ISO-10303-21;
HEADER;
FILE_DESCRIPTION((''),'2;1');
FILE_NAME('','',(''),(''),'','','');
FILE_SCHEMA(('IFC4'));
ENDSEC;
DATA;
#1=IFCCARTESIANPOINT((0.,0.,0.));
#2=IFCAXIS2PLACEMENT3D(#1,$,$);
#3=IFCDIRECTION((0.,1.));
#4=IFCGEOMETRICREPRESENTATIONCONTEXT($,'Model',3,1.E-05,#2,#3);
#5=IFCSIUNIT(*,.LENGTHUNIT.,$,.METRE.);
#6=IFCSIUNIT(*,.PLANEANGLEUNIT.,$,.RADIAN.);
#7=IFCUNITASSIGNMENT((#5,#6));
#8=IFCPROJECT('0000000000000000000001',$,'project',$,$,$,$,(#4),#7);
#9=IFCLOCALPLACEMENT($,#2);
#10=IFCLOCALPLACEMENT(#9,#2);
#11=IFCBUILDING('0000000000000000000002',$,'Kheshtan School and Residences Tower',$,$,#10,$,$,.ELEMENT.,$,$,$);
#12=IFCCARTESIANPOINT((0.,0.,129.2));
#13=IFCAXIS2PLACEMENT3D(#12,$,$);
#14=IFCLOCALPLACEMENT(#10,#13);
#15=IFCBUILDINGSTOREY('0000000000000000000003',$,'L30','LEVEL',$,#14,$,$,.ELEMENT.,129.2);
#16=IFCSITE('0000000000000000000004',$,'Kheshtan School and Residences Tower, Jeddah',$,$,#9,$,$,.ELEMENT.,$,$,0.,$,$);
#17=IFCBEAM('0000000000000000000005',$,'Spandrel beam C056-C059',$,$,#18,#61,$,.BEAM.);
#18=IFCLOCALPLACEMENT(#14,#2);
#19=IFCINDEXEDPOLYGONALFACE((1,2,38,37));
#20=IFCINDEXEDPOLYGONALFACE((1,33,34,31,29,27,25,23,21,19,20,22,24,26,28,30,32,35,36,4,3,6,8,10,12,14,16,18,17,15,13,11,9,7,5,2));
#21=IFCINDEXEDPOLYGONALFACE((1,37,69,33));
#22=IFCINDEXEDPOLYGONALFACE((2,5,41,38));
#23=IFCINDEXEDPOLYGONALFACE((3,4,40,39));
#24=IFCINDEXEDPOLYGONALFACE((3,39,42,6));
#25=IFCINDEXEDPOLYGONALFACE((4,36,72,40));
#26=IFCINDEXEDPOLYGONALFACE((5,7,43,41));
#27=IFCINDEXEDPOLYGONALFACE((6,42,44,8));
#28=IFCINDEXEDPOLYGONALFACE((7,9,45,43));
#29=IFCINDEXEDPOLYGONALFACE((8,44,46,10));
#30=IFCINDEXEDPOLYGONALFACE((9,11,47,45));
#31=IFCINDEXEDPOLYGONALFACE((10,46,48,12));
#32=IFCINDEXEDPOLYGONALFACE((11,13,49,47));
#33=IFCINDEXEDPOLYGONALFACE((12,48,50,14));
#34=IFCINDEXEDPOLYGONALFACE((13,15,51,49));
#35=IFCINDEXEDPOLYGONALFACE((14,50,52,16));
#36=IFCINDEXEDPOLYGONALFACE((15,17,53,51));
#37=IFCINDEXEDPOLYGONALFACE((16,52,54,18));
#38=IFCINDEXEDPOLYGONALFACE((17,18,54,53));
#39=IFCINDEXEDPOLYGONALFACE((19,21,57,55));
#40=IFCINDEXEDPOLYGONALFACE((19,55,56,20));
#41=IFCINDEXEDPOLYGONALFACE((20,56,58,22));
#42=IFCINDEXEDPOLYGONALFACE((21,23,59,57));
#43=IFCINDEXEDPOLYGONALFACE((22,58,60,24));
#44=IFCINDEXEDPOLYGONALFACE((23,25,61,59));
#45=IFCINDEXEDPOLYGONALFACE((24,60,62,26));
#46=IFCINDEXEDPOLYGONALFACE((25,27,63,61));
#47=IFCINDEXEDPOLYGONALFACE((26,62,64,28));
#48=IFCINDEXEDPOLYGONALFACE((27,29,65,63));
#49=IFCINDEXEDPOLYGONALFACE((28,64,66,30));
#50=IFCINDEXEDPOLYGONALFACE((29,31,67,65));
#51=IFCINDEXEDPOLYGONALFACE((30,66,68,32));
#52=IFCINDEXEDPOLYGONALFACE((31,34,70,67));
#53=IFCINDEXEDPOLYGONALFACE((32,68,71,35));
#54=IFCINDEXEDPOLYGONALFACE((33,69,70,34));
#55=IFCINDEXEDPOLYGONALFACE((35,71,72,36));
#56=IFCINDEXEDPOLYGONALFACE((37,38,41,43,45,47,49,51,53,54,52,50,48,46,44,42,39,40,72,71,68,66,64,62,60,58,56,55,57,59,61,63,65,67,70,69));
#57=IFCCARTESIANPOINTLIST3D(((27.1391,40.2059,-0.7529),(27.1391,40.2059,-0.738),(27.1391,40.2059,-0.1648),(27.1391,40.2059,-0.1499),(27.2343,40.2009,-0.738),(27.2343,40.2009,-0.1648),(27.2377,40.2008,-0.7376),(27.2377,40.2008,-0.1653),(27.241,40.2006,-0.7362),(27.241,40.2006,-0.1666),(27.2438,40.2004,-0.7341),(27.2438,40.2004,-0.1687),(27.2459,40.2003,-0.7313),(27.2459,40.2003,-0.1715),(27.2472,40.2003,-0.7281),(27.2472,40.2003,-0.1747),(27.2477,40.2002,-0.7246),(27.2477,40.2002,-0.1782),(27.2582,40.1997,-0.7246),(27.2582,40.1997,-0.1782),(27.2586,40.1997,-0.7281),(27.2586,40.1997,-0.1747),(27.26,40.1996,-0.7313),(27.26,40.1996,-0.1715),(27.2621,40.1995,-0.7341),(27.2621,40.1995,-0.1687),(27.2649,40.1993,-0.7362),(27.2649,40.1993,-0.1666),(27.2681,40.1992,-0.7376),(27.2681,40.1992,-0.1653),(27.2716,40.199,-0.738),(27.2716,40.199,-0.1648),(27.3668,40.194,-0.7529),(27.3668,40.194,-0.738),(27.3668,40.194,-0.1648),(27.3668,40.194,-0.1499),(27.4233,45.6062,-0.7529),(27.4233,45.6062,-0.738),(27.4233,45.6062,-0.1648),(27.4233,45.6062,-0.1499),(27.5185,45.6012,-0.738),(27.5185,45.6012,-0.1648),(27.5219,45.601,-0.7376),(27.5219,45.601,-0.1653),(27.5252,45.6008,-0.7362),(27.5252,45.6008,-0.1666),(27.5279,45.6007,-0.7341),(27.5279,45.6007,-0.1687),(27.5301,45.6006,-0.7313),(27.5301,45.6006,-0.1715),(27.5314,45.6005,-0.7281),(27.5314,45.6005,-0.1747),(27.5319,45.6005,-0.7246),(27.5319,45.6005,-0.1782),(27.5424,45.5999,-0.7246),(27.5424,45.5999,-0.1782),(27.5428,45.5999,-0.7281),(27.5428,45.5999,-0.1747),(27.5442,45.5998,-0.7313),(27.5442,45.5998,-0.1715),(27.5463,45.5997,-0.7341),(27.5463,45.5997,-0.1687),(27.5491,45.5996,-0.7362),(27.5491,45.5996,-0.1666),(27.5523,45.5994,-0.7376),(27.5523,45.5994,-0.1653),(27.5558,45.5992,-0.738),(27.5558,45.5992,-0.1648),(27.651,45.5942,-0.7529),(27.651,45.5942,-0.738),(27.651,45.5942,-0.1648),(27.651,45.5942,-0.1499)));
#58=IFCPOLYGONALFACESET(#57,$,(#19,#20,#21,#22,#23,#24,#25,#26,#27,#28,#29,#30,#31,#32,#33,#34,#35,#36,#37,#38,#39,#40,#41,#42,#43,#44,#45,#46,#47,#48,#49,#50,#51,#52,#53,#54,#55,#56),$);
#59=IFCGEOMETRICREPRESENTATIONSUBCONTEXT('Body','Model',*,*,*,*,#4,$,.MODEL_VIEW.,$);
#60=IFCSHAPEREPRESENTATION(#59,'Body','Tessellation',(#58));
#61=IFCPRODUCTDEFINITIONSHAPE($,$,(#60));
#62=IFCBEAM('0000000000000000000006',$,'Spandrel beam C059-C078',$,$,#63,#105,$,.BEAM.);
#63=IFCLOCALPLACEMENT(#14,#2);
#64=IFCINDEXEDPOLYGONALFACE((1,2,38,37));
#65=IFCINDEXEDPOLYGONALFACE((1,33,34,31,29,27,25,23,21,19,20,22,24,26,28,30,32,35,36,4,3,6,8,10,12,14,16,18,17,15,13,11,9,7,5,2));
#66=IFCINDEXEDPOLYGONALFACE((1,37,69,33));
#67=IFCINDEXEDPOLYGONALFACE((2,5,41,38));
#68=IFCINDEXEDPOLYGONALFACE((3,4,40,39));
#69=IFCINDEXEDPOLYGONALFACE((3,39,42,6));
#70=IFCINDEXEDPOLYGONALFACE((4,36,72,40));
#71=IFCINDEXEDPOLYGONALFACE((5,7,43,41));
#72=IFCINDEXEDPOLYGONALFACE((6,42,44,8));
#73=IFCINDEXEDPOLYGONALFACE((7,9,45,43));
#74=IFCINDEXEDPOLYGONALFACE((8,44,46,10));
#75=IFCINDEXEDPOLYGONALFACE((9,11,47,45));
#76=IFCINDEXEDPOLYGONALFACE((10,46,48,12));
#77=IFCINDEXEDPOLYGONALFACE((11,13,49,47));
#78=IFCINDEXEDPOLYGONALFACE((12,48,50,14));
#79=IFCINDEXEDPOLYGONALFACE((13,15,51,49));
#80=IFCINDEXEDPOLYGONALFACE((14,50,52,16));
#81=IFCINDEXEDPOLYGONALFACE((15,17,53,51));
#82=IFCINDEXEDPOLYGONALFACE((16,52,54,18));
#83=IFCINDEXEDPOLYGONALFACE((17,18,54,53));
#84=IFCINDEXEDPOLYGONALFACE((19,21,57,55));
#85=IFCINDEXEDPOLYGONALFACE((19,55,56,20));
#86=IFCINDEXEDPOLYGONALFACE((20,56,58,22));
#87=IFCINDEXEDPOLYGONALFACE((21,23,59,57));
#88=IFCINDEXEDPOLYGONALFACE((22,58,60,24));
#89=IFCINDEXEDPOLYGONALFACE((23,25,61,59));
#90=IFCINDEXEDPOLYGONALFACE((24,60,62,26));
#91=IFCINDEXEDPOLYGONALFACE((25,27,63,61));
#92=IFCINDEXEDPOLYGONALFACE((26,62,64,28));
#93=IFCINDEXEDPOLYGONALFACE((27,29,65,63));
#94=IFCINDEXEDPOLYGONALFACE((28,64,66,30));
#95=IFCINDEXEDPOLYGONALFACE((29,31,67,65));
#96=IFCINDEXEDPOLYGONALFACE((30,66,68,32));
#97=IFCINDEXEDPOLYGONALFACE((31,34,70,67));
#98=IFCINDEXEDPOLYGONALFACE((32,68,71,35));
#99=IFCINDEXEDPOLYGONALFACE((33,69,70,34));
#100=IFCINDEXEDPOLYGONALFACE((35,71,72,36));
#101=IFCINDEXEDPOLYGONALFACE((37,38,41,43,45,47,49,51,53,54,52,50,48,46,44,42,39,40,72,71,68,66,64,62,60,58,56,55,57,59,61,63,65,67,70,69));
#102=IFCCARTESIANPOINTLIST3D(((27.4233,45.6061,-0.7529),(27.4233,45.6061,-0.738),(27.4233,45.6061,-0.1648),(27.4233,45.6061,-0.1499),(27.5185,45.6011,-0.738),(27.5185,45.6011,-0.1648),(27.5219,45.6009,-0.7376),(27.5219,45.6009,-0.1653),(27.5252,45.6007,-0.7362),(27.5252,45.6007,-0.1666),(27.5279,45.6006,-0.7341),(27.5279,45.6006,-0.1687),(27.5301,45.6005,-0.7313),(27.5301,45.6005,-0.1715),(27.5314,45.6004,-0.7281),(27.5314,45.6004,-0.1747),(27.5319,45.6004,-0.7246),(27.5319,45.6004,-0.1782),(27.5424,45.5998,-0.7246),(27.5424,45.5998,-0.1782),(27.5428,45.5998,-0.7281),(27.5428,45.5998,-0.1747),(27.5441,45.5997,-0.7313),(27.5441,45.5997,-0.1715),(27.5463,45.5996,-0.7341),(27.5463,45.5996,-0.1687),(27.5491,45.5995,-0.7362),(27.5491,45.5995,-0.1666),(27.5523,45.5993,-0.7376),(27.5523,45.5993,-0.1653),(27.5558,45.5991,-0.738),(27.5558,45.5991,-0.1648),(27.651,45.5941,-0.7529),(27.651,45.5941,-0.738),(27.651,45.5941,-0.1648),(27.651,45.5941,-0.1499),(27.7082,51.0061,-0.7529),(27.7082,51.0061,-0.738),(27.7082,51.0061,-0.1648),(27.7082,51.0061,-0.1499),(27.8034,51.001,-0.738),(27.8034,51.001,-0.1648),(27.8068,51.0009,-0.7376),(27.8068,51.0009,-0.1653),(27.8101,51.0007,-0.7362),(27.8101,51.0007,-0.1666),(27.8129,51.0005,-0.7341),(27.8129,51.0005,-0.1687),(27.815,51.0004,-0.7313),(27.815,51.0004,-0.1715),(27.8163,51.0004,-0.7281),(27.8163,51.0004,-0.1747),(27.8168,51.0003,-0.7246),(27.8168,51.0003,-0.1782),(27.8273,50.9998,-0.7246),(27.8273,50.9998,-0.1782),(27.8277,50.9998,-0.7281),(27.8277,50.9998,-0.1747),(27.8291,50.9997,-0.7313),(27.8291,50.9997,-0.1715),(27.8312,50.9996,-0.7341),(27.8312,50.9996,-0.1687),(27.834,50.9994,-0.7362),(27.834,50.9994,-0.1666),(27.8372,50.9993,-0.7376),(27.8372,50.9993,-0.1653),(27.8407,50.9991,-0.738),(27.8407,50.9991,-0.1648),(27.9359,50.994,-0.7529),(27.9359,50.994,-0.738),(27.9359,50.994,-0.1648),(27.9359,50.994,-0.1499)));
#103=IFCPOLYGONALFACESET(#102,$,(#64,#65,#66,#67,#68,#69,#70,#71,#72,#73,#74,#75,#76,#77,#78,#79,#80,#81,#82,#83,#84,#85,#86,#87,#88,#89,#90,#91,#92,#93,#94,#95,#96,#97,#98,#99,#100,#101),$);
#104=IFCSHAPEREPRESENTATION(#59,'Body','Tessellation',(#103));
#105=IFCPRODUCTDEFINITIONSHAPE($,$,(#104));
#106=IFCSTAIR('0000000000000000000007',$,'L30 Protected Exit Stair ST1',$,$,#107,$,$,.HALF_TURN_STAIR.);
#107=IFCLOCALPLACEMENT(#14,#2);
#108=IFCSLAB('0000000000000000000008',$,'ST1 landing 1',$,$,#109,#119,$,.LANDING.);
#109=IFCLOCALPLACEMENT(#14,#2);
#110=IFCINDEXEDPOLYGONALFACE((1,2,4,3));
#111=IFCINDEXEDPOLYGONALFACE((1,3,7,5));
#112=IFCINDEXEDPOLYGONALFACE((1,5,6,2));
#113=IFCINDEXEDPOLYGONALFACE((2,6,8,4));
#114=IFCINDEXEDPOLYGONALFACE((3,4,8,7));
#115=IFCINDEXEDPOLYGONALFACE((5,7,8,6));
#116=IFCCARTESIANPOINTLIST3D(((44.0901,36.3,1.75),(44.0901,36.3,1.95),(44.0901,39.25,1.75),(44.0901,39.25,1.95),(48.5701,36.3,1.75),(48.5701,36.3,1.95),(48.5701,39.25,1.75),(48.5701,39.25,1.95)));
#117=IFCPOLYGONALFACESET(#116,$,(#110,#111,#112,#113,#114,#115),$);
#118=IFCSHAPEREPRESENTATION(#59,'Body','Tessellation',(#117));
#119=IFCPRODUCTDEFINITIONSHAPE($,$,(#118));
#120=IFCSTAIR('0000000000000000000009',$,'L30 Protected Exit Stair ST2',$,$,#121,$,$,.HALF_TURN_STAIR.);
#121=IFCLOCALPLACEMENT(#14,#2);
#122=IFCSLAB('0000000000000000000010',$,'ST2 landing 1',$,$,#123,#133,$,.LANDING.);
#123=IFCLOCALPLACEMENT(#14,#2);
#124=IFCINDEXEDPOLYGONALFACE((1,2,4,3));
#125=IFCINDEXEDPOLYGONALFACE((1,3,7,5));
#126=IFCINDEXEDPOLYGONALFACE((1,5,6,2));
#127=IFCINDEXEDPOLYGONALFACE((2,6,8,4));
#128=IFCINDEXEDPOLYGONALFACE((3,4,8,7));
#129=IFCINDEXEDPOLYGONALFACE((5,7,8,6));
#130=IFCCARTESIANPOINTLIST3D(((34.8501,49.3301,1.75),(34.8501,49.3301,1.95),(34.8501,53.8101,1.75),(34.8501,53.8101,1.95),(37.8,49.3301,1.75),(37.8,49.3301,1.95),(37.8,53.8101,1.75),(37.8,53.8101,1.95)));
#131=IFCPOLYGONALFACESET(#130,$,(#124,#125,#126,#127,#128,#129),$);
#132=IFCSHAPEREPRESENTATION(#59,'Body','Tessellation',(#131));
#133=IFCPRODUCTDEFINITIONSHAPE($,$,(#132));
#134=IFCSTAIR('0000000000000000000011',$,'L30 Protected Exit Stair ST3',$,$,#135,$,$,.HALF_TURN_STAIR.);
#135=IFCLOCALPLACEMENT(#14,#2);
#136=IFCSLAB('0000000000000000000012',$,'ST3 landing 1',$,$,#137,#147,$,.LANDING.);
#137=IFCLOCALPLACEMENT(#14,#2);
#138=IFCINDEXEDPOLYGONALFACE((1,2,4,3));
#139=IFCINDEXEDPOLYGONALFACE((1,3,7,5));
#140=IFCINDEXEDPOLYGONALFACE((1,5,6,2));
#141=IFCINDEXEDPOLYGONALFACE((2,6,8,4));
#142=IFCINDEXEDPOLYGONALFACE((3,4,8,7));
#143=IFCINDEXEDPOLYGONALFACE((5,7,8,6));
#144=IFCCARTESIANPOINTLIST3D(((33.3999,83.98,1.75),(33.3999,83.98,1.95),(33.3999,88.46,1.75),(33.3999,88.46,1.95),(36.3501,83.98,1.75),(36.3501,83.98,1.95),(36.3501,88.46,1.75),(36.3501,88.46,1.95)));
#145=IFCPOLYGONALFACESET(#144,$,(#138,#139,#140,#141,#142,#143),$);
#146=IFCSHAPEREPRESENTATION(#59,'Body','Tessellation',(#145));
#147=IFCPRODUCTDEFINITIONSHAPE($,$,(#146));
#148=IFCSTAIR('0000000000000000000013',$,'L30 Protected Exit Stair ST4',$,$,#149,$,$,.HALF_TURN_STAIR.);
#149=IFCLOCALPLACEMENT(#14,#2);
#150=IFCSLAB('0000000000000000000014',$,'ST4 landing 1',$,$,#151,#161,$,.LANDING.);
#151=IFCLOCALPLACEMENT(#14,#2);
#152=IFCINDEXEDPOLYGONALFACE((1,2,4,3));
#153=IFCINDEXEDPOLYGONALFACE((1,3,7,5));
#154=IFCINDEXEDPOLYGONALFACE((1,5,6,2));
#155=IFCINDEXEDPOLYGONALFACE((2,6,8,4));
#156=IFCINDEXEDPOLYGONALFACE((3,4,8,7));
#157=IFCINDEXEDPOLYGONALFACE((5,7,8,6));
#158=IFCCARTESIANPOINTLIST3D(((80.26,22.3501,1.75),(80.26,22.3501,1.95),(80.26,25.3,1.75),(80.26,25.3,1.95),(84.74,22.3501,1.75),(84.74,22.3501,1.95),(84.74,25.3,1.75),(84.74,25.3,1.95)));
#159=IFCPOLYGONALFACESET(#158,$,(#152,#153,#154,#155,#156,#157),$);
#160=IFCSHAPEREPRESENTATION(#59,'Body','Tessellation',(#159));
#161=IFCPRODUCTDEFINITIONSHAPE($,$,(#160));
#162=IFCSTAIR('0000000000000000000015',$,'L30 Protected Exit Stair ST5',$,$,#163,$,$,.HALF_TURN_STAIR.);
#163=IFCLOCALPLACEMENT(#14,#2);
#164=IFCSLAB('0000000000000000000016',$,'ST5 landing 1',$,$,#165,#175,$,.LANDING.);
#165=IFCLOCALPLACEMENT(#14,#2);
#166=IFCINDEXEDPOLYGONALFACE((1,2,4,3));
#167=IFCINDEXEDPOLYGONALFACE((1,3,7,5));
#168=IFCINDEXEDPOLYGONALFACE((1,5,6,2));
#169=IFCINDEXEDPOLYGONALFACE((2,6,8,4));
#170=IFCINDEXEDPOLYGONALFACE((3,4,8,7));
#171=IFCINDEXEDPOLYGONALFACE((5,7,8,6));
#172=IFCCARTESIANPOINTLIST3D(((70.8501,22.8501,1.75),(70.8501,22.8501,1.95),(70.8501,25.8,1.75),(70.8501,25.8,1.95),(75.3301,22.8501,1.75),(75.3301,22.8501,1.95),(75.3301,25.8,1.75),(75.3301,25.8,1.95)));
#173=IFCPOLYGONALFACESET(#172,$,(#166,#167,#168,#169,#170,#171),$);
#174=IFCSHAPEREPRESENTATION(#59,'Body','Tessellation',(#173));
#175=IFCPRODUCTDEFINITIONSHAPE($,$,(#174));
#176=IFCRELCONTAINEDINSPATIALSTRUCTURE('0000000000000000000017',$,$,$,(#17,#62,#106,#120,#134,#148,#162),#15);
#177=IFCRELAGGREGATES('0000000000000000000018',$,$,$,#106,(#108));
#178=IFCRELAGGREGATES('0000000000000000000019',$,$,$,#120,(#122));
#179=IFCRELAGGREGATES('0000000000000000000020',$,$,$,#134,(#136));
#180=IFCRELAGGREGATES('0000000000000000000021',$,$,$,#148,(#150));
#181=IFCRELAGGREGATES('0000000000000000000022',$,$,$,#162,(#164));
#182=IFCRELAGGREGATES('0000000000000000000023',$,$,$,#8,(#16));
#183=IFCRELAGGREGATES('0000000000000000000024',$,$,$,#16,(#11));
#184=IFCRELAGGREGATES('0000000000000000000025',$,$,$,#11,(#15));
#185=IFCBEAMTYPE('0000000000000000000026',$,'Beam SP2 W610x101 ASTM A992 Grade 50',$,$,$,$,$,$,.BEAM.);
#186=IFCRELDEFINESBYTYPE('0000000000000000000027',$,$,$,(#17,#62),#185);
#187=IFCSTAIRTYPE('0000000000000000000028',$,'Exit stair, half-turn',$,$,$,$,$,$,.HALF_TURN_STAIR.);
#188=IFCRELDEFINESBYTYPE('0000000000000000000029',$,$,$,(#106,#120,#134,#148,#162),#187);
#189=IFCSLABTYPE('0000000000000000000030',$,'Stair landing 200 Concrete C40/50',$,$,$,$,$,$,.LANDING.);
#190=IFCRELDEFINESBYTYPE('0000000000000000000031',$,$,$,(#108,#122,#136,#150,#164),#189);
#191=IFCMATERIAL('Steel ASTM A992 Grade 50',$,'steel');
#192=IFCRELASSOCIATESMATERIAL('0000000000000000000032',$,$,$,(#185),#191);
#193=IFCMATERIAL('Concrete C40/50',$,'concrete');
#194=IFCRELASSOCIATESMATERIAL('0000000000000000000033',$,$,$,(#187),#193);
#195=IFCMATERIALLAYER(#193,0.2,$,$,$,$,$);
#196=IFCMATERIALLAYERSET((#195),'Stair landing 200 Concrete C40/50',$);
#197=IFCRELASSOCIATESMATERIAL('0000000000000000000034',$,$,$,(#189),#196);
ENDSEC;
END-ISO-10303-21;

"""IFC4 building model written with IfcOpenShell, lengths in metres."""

from ifc_helpers import new_model, si_unit, direction, frame, origin, origin_2d, place, context, subcontext, project, spatial, polyline, i_section, outline, extrude, material, layer, layer_set, material_profile, profile_set, type_object, element, aggregate, save


model = new_model("IFC4")

# Units and contexts
model_context = context("Model", 3, precision=1e-05, world=origin(), true_north=direction((0.0, 1.0)))
body_context = subcontext(model_context, "Body", "Model", "MODEL_VIEW")
ifc_project = project(units=[si_unit("LENGTHUNIT", "METRE"), si_unit("PLANEANGLEUNIT", "RADIAN")], contexts=[model_context])

# Site, building, storey
site_placement = place(None, origin())
site = spatial("IfcSite", under=ifc_project, at=site_placement, Name="Kheshtan School and Residences Tower, Jeddah", CompositionType="ELEMENT", RefElevation=0.0)
building_placement = place(site_placement, origin())
building = spatial("IfcBuilding", under=site, at=building_placement, Name="Kheshtan School and Residences Tower", CompositionType="ELEMENT")
storey_placement = place(building_placement, frame((0.0, 0.0, 129.2)))
storey = spatial("IfcBuildingStorey", under=building, at=storey_placement, Name="L30", Description="LEVEL", CompositionType="ELEMENT", Elevation=129.2)

# Shared definitions
ifc_material_1 = material(Name="Steel ASTM A992 Grade 50", Category="steel")

# Beams
ifc_material_profile_1 = material_profile(ifc_material_1, i_section(OverallWidth=0.228, OverallDepth=0.603, WebThickness=0.0105, FlangeThickness=0.0149, FilletRadius=0.0134, at=origin_2d()), Name="W610x101")
ifc_profile_set_1 = profile_set([ifc_material_profile_1], Name="Steel ASTM A992 Grade 50")
beam_type_1 = type_object("IfcBeamType", Name="Beam SP2 W610x101 ASTM A992 Grade 50", PredefinedType="BEAM", material=ifc_profile_set_1)
beam_1_placement = place(storey_placement, frame((27.2529, 40.2, -0.4514), z_axis=(0.052552, 0.998618, 0.0), x_axis=(-0.998618, 0.052552, 0.0)))
element("IfcBeam", 1, at=beam_1_placement, inside=storey, type_object=beam_type_1, Name="Spandrel beam C056-C059", PredefinedType="BEAM", context=body_context, shape_type="SweptSolid", body=[
    extrude(i_section(OverallWidth=0.228, OverallDepth=0.603, WebThickness=0.0105, FlangeThickness=0.0149, FilletRadius=0.0134, at=origin_2d()), origin(), (0.0, 0.0, 1.0), 5.4077),
])
beam_2_placement = place(storey_placement, frame((27.5371, 45.6001, -0.4514), z_axis=(0.052689, 0.998611, 0.0), x_axis=(-0.998611, 0.052689, 0.0)))
element("IfcBeam", 2, at=beam_2_placement, inside=storey, type_object=beam_type_1, Name="Spandrel beam C059-C078", PredefinedType="BEAM", context=body_context, shape_type="SweptSolid", body=[
    extrude(i_section(OverallWidth=0.228, OverallDepth=0.603, WebThickness=0.0105, FlangeThickness=0.0149, FilletRadius=0.0134, at=origin_2d()), origin(), (0.0, 0.0, 1.0), 5.4075),
])

# Shared definitions
ifc_material_2 = material(Name="Concrete C40/50", Category="concrete")

# Stairs, slabs
stair_type = type_object("IfcStairType", Name="Exit stair, half-turn", PredefinedType="HALF_TURN_STAIR", material=ifc_material_2)
stair_1_placement = place(storey_placement, origin())
stair_1 = element("IfcStair", 3, at=stair_1_placement, inside=storey, type_object=stair_type, Name="L30 Protected Exit Stair ST1", PredefinedType="HALF_TURN_STAIR")
ifc_layer_1 = layer(ifc_material_2, 0.2)
ifc_layer_set_1 = layer_set([ifc_layer_1], Name="Stair landing 200 Concrete C40/50")
slab_type_1 = type_object("IfcSlabType", Name="Stair landing 200 Concrete C40/50", PredefinedType="LANDING", material=ifc_layer_set_1)
slab_1_placement = place(storey_placement, frame((0.0, 0.0, 1.75)))
slab_1 = element("IfcSlab", 4, at=slab_1_placement, type_object=slab_type_1, Name="ST1 landing 1", PredefinedType="LANDING", context=body_context, shape_type="SweptSolid", body=[
    extrude(outline(polyline([(48.5701, 39.25), (44.0901, 39.25), (44.0901, 36.3), (48.5701, 36.3), (48.5701, 39.25)])), origin(), (0.0, 0.0, 1.0), 0.2),
])
aggregate(stair_1, [slab_1])
stair_2_placement = place(storey_placement, origin())
stair_2 = element("IfcStair", 5, at=stair_2_placement, inside=storey, type_object=stair_type, Name="L30 Protected Exit Stair ST2", PredefinedType="HALF_TURN_STAIR")
slab_2_placement = place(storey_placement, frame((0.0, 0.0, 1.75)))
slab_2 = element("IfcSlab", 6, at=slab_2_placement, type_object=slab_type_1, Name="ST2 landing 1", PredefinedType="LANDING", context=body_context, shape_type="SweptSolid", body=[
    extrude(outline(polyline([(37.8, 49.3301), (37.8, 53.8101), (34.8501, 53.8101), (34.8501, 49.3301), (37.8, 49.3301)])), origin(), (0.0, 0.0, 1.0), 0.2),
])
aggregate(stair_2, [slab_2])
stair_3_placement = place(storey_placement, origin())
stair_3 = element("IfcStair", 7, at=stair_3_placement, inside=storey, type_object=stair_type, Name="L30 Protected Exit Stair ST3", PredefinedType="HALF_TURN_STAIR")
slab_3_placement = place(storey_placement, frame((0.0, 0.0, 1.75)))
slab_3 = element("IfcSlab", 8, at=slab_3_placement, type_object=slab_type_1, Name="ST3 landing 1", PredefinedType="LANDING", context=body_context, shape_type="SweptSolid", body=[
    extrude(outline(polyline([(36.3501, 83.98), (36.3501, 88.46), (33.3999, 88.46), (33.3999, 83.98), (36.3501, 83.98)])), origin(), (0.0, 0.0, 1.0), 0.2),
])
aggregate(stair_3, [slab_3])
stair_4_placement = place(storey_placement, origin())
stair_4 = element("IfcStair", 9, at=stair_4_placement, inside=storey, type_object=stair_type, Name="L30 Protected Exit Stair ST4", PredefinedType="HALF_TURN_STAIR")
slab_4_placement = place(storey_placement, frame((0.0, 0.0, 1.75)))
slab_4 = element("IfcSlab", 10, at=slab_4_placement, type_object=slab_type_1, Name="ST4 landing 1", PredefinedType="LANDING", context=body_context, shape_type="SweptSolid", body=[
    extrude(outline(polyline([(84.74, 25.3), (80.26, 25.3), (80.26, 22.3501), (84.74, 22.3501), (84.74, 25.3)])), origin(), (0.0, 0.0, 1.0), 0.2),
])
aggregate(stair_4, [slab_4])
stair_5_placement = place(storey_placement, origin())
stair_5 = element("IfcStair", 11, at=stair_5_placement, inside=storey, type_object=stair_type, Name="L30 Protected Exit Stair ST5", PredefinedType="HALF_TURN_STAIR")
slab_5_placement = place(storey_placement, frame((0.0, 0.0, 1.75)))
slab_5 = element("IfcSlab", 12, at=slab_5_placement, type_object=slab_type_1, Name="ST5 landing 1", PredefinedType="LANDING", context=body_context, shape_type="SweptSolid", body=[
    extrude(outline(polyline([(75.3301, 25.8), (70.8501, 25.8), (70.8501, 22.8501), (75.3301, 22.8501), (75.3301, 25.8)])), origin(), (0.0, 0.0, 1.0), 0.2),
])
aggregate(stair_5, [slab_5])

save(model, "model.ifc")
